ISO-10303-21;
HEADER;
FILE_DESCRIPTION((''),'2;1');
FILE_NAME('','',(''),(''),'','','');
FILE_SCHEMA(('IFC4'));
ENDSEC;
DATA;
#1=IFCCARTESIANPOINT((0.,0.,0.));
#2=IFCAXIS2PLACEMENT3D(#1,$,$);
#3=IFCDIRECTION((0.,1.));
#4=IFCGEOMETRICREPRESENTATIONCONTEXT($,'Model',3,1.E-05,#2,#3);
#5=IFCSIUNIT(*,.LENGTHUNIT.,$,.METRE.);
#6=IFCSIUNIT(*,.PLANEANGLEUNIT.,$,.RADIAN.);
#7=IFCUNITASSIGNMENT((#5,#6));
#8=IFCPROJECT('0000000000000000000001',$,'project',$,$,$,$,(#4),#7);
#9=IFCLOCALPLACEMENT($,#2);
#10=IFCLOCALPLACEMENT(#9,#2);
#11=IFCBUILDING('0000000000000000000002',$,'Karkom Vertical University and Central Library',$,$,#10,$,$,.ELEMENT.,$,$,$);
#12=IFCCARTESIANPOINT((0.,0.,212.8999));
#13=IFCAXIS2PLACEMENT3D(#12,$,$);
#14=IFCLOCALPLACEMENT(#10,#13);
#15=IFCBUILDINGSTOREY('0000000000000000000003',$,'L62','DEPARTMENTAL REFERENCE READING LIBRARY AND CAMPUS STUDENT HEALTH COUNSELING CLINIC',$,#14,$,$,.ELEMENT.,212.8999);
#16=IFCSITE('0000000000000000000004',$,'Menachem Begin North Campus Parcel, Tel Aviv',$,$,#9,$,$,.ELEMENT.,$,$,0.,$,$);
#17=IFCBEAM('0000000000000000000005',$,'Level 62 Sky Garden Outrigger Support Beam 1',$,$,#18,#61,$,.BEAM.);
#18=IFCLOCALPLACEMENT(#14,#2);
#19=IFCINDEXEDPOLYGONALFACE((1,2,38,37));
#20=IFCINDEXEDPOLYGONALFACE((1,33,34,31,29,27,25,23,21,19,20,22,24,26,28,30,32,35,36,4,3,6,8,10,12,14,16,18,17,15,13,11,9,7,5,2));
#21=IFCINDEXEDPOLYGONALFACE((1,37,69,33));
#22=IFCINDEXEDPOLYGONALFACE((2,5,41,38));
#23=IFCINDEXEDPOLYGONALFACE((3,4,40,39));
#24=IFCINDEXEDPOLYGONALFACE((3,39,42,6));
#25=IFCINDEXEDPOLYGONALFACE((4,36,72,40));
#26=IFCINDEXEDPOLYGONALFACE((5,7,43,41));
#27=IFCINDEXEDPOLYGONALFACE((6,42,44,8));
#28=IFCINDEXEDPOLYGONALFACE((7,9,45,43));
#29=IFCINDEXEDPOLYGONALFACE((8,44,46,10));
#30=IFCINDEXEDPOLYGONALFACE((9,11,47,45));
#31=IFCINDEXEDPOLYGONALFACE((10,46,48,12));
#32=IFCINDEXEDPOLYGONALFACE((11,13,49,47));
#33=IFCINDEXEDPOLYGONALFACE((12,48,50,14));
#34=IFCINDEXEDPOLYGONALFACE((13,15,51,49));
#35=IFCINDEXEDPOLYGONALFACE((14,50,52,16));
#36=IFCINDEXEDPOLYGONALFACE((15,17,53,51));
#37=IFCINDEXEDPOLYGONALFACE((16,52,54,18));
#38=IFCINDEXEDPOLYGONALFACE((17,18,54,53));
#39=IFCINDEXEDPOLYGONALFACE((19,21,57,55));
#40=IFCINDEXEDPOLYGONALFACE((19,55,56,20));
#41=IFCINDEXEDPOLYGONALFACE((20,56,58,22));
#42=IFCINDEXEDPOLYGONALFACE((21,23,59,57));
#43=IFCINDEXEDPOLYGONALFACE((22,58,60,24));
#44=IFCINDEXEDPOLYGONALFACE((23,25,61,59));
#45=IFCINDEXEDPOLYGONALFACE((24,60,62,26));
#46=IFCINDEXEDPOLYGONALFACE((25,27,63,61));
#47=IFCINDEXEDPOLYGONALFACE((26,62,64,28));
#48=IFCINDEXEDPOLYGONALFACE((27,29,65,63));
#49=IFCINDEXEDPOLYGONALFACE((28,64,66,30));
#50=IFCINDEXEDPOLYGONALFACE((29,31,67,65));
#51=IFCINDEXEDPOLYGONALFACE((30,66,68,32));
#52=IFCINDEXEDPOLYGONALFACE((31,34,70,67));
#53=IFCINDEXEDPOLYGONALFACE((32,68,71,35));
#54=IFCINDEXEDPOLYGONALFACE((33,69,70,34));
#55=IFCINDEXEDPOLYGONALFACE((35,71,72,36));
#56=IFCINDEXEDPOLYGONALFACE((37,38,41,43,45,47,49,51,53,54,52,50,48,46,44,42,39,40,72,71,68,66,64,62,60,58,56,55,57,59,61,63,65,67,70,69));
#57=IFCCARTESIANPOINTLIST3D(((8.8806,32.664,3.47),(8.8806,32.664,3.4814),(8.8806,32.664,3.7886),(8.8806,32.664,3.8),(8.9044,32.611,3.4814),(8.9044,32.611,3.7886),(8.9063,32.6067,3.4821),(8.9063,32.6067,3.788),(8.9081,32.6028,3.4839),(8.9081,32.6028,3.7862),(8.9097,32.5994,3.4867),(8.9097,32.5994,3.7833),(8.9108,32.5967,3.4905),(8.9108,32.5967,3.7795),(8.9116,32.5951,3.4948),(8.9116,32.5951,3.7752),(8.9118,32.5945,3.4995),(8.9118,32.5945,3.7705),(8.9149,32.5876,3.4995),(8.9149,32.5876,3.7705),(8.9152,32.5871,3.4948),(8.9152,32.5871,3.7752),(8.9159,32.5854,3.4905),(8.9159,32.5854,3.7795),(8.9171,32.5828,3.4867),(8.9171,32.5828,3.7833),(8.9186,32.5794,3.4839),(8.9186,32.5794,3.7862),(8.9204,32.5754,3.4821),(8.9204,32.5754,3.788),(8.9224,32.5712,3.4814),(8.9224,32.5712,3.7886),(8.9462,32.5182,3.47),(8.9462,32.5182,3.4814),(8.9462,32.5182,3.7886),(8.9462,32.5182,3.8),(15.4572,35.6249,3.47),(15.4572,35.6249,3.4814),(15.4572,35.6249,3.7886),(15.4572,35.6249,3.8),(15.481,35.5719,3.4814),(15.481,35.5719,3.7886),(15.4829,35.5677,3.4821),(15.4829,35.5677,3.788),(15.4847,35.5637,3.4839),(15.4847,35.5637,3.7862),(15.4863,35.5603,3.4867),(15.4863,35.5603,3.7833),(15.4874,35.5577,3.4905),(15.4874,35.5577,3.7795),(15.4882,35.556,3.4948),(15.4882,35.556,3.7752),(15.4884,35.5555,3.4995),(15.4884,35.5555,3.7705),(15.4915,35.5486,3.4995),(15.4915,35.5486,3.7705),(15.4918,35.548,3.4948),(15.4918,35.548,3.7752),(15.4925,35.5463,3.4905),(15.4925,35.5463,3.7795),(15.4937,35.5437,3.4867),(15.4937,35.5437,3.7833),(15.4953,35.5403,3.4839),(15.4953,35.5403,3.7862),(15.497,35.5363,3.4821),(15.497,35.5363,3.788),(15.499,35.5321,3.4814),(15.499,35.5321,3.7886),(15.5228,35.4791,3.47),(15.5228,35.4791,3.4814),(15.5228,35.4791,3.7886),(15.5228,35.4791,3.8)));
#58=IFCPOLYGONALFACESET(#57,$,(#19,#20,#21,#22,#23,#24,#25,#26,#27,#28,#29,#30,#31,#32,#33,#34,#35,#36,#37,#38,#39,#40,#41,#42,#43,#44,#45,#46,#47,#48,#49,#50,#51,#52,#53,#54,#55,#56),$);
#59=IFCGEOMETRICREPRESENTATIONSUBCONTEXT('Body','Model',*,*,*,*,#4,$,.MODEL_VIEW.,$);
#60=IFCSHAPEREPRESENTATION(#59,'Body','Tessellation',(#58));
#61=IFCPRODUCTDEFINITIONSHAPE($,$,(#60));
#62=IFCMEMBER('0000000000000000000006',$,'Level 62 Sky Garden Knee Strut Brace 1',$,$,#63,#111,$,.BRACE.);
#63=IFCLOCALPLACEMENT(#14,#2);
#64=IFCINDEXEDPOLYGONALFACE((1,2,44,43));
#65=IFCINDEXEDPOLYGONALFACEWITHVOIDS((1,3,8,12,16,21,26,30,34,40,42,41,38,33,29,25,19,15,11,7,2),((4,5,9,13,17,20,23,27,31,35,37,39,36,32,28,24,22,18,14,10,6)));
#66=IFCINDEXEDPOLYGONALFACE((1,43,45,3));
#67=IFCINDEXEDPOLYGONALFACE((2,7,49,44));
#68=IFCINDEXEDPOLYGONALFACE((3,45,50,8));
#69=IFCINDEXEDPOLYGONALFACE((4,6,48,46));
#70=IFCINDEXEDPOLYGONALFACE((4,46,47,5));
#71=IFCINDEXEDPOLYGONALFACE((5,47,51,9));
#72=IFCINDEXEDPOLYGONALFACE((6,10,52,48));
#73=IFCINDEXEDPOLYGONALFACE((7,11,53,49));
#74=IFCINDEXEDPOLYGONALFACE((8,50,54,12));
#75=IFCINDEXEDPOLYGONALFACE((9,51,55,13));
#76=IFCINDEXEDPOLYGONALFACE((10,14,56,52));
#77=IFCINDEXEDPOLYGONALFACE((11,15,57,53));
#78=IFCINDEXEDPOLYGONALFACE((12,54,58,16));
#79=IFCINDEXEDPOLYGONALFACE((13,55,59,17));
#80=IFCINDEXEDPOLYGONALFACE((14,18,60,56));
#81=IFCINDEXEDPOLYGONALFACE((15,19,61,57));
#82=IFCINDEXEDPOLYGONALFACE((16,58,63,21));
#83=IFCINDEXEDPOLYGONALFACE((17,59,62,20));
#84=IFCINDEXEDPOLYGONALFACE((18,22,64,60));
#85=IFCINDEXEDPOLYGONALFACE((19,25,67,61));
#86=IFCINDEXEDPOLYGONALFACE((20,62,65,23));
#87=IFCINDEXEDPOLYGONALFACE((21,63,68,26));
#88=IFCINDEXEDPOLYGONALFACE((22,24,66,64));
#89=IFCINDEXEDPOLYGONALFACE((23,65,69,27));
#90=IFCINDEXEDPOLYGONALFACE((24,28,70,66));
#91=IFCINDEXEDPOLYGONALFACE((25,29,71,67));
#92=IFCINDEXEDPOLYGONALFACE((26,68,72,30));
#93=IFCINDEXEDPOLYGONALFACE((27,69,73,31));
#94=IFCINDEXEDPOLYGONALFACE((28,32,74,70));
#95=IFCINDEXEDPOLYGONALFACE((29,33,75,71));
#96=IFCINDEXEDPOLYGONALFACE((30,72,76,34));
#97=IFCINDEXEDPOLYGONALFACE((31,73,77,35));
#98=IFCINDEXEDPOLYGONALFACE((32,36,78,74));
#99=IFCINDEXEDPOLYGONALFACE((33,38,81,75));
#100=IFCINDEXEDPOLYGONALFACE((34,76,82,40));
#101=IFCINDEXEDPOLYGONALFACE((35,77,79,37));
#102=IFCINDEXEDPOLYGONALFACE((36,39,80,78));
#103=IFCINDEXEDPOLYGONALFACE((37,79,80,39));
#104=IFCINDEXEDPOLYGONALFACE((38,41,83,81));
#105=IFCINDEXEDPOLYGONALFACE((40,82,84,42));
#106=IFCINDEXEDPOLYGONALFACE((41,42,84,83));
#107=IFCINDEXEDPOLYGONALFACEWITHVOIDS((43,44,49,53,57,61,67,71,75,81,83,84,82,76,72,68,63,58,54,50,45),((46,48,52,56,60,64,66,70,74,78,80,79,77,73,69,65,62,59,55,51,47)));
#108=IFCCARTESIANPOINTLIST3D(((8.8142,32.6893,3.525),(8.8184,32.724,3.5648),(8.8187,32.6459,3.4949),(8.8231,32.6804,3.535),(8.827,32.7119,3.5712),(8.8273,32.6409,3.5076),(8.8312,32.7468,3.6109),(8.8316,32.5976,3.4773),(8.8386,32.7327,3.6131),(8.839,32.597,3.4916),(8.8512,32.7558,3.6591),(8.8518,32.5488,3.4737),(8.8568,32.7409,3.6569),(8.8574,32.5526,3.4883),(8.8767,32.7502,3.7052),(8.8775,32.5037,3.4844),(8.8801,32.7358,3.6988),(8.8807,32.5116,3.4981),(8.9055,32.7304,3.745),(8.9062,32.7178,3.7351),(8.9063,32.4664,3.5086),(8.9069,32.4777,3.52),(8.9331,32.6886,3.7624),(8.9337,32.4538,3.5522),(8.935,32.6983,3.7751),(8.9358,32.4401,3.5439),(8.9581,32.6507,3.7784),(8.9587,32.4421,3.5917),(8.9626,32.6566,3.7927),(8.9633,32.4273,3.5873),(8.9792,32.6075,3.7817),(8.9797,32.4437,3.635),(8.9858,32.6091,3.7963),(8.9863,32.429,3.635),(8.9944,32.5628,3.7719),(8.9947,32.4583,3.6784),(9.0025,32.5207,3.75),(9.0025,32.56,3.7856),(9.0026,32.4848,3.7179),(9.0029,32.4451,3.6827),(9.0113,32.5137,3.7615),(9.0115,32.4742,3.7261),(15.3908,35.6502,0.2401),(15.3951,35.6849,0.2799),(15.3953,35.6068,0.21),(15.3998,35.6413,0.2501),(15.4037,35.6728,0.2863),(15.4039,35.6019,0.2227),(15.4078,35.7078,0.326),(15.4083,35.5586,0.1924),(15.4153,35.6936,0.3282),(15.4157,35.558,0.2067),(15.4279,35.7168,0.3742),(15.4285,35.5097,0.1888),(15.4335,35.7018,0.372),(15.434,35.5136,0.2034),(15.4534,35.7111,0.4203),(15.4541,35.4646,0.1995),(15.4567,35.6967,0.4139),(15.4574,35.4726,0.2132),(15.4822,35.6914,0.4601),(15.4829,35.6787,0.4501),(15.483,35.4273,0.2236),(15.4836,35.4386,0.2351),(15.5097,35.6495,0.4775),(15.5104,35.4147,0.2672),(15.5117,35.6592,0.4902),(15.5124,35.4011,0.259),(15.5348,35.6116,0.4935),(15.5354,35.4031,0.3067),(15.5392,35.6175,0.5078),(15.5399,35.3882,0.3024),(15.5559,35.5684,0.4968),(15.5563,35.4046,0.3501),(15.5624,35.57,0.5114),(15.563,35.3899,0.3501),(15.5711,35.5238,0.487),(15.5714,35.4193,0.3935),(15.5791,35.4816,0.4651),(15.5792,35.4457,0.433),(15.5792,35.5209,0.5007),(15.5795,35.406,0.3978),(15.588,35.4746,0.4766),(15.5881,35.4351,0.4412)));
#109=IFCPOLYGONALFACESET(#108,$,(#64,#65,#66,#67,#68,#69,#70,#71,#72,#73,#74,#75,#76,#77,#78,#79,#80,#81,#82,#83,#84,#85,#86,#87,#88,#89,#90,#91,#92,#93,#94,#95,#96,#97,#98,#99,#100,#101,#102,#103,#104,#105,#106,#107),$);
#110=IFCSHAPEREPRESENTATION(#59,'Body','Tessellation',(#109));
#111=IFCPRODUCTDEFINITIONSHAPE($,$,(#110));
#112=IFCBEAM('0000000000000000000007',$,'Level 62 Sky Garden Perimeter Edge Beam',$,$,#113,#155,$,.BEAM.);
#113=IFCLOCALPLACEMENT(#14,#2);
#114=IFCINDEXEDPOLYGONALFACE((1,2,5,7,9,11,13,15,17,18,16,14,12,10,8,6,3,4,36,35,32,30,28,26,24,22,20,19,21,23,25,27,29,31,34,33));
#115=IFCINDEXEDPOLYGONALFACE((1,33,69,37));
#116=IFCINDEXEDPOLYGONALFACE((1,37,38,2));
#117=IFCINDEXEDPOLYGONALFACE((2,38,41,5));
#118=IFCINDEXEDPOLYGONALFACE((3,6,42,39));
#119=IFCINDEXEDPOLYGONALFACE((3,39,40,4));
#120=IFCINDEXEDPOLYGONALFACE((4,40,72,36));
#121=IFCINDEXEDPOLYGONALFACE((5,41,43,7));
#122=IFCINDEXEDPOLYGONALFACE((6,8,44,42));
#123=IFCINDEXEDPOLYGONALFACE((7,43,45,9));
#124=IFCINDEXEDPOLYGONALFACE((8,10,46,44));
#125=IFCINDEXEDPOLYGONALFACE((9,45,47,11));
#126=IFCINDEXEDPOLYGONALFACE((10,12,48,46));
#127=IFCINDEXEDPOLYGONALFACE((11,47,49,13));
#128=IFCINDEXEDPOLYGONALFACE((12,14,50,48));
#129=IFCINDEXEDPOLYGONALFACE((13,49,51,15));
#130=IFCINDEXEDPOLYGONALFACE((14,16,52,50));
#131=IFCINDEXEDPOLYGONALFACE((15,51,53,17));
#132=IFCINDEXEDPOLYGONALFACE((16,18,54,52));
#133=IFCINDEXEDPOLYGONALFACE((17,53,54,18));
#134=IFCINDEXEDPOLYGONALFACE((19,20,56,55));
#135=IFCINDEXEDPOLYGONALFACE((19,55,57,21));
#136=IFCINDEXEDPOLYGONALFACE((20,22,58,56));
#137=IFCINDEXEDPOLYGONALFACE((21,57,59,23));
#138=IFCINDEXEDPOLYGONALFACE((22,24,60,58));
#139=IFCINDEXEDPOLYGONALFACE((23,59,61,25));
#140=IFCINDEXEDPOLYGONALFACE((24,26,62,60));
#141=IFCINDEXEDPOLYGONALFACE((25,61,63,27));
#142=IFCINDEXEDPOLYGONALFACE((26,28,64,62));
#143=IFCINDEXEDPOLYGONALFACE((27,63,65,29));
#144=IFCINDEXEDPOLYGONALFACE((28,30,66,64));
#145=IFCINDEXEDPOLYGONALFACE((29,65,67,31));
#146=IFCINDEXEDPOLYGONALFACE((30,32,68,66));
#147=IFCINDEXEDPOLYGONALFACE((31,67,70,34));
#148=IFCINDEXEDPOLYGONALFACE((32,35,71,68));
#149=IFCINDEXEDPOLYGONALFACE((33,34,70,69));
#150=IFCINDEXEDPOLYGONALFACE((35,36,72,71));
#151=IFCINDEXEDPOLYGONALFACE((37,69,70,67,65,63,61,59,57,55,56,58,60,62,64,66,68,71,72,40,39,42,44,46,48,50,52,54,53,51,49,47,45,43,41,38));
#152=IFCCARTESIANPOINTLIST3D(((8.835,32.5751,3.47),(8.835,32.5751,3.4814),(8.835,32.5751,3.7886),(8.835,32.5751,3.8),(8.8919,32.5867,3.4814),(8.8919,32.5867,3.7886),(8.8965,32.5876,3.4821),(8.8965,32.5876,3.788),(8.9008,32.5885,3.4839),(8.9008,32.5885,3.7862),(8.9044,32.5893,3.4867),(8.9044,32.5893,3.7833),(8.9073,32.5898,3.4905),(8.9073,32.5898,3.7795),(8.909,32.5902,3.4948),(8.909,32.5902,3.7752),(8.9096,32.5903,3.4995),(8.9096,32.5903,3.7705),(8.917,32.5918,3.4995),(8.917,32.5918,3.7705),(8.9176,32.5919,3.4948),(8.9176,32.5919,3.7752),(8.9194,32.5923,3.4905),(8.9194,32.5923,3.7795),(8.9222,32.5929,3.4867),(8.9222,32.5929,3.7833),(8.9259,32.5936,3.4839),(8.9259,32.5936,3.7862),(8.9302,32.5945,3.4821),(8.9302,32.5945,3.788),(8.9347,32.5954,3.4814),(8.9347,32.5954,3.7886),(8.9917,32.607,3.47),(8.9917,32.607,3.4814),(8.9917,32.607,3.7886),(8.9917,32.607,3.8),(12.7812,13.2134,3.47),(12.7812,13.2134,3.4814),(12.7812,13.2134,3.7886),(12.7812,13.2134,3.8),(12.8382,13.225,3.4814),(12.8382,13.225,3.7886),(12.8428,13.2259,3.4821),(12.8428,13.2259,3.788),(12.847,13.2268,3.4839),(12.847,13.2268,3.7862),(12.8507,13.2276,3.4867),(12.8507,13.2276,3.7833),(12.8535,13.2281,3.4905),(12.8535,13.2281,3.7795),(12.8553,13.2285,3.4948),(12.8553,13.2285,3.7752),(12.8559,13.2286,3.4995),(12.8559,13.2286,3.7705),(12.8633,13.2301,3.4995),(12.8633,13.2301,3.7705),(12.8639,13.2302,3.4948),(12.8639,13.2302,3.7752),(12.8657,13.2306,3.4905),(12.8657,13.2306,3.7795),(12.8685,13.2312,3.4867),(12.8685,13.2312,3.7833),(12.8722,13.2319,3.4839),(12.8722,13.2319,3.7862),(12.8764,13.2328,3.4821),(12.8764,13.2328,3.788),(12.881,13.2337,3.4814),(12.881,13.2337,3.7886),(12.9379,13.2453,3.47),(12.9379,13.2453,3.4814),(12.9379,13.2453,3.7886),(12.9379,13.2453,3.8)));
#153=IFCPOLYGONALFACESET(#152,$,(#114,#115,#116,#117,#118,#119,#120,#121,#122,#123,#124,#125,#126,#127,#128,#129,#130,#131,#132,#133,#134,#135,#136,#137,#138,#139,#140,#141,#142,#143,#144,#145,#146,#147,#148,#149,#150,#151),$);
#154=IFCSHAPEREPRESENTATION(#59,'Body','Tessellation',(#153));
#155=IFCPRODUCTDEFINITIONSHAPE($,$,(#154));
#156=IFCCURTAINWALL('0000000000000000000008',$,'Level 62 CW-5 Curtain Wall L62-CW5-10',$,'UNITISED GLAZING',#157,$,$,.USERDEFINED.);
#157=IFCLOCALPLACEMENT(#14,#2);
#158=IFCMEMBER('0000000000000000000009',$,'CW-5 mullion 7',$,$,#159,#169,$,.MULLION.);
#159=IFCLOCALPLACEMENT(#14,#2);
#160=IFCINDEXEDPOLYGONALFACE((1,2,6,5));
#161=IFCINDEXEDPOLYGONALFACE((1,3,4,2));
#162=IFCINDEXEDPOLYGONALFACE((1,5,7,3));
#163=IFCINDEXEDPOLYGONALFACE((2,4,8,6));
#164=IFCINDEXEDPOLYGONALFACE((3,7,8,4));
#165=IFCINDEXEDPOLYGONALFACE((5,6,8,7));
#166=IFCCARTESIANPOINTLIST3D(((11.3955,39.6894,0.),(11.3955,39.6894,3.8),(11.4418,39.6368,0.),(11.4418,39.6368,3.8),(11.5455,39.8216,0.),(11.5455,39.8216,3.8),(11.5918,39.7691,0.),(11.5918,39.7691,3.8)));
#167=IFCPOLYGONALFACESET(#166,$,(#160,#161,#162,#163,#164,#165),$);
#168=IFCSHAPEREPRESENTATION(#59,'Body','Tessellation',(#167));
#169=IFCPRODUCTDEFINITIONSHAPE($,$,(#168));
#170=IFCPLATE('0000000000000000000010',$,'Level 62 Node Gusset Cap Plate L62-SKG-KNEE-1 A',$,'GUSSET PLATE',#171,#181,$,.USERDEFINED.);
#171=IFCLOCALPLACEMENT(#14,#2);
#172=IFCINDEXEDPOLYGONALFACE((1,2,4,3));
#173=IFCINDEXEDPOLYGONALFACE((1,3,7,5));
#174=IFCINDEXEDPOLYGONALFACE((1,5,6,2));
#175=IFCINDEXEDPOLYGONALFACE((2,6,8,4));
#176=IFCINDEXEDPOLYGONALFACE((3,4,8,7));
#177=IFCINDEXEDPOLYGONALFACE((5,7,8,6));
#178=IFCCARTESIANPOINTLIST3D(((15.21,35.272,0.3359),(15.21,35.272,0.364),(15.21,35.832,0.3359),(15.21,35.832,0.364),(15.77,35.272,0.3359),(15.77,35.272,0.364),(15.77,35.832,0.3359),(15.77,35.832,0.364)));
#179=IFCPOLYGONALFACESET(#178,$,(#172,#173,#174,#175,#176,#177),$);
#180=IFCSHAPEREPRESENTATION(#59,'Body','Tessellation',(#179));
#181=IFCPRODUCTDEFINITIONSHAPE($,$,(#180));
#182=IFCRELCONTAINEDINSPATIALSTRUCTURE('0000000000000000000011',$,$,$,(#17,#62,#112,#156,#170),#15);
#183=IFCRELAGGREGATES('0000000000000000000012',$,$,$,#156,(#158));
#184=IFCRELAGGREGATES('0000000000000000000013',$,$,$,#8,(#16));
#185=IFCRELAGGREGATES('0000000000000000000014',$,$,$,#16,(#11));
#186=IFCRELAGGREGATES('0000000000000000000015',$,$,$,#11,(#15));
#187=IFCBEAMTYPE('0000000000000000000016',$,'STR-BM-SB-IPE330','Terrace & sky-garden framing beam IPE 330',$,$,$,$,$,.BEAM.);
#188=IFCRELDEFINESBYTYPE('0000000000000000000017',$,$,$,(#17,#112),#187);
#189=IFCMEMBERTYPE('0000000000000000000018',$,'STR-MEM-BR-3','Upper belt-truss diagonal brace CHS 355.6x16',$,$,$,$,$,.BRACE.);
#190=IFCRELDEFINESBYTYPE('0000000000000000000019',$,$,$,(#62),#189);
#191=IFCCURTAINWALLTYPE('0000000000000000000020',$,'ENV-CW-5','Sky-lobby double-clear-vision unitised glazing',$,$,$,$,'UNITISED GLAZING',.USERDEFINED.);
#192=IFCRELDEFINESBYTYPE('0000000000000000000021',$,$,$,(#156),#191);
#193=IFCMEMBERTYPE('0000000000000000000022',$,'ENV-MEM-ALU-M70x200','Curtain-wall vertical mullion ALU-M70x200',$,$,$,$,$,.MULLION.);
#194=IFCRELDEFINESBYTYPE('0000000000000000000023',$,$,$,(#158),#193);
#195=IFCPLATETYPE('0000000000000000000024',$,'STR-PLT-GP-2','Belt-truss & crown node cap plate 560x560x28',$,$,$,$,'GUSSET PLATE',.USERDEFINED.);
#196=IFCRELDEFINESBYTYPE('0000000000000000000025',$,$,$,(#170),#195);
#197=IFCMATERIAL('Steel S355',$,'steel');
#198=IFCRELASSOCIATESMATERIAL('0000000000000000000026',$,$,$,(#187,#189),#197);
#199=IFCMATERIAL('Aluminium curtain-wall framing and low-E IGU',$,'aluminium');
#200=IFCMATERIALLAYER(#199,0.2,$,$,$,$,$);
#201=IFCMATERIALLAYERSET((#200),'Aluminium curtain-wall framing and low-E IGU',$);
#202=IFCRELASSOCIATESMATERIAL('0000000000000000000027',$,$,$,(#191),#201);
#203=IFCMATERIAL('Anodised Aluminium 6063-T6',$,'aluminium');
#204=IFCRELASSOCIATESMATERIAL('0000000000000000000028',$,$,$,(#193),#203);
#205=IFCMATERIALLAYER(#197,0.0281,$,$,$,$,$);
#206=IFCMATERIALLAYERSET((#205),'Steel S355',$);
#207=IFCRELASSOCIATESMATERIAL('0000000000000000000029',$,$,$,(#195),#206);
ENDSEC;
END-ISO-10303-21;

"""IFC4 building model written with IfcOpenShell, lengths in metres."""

from ifc_helpers import new_model, si_unit, direction, frame, origin, origin_with_axes, origin_2d, place, context, subcontext, project, spatial, rectangle, hollow_circle, i_section, extrude, source, transform, mapped, material, layer, layer_set, material_profile, profile_set, type_object, element, aggregate, save


model = new_model("IFC4")

# Units and contexts
model_context = context("Model", 3, precision=1e-05, world=origin(), true_north=direction((0.0, 1.0)))
body_context = subcontext(model_context, "Body", "Model", "MODEL_VIEW")
ifc_project = project(units=[si_unit("LENGTHUNIT", "METRE"), si_unit("PLANEANGLEUNIT", "RADIAN")], contexts=[model_context])

# Site, building, storey
site_placement = place(None, origin())
site = spatial("IfcSite", under=ifc_project, at=site_placement, Name="Menachem Begin North Campus Parcel, Tel Aviv", CompositionType="ELEMENT", RefElevation=0.0)
building_placement = place(site_placement, origin())
building = spatial("IfcBuilding", under=site, at=building_placement, Name="Karkom Vertical University and Central Library", CompositionType="ELEMENT")
storey_placement = place(building_placement, frame((0.0, 0.0, 212.8999)))
storey = spatial("IfcBuildingStorey", under=building, at=storey_placement, Name="L62", Description="DEPARTMENTAL REFERENCE READING LIBRARY AND CAMPUS STUDENT HEALTH COUNSELING CLINIC", CompositionType="ELEMENT", Elevation=212.8999)

# Beam
ifc_material_1 = material(Name="Steel S355", Category="steel")
ifc_material_profile_1 = material_profile(ifc_material_1, i_section(OverallWidth=0.1599, OverallDepth=0.3301, WebThickness=0.0076, FlangeThickness=0.0115, FilletRadius=0.0181, at=origin_2d()), Name="IPE 330")
ifc_profile_set_1 = profile_set([ifc_material_profile_1], Name="Steel S355")
beam_type_1 = type_object("IfcBeamType", Name="STR-BM-SB-IPE330", Description="Terrace & sky-garden framing beam IPE 330", PredefinedType="BEAM", material=ifc_profile_set_1)
shared_shape_1 = source(origin_with_axes(), body_context, "Body", "SweptSolid", [
    extrude(i_section(OverallWidth=0.1599, OverallDepth=0.3301, WebThickness=0.0076, FlangeThickness=0.0115, FilletRadius=0.0181, at=origin_2d()), origin(), (0.0, 0.0, 1.0), 7.2124),
])
beam_1_placement = place(storey_placement, frame((15.49, 35.552, 3.635), z_axis=(-0.911847, -0.410531, 0.0), x_axis=(0.410531, -0.911847, 0.0)))
element("IfcBeam", 1, at=beam_1_placement, inside=storey, type_object=beam_type_1, Name="Level 62 Sky Garden Outrigger Support Beam 1", PredefinedType="BEAM", context=body_context, shape_type="MappedRepresentation", body=[
    mapped(shared_shape_1, transform((0.0, 0.0, 0.0), scale=1.0)),
])

# Member
ifc_material_profile_2 = material_profile(ifc_material_1, hollow_circle(Radius=0.1777, WallThickness=0.0161, at=origin_2d()), Name="CHS 355.6x16")
ifc_profile_set_2 = profile_set([ifc_material_profile_2], Name="Steel S355")
member_type_1 = type_object("IfcMemberType", Name="STR-MEM-BR-3", Description="Upper belt-truss diagonal brace CHS 355.6x16", PredefinedType="BRACE", material=ifc_profile_set_2)
shared_shape_2 = source(origin_with_axes(), body_context, "Body", "SweptSolid", [
    extrude(hollow_circle(Radius=0.1777, WallThickness=0.0161, at=origin_2d()), origin(), (0.0, 0.0, 1.0), 7.9253),
])
member_1_placement = place(storey_placement, frame((15.49, 35.552, 0.3501), z_axis=(-0.829832, -0.373606, 0.414485), x_axis=(0.410531, -0.911847, 0.0)))
element("IfcMember", 2, at=member_1_placement, inside=storey, type_object=member_type_1, Name="Level 62 Sky Garden Knee Strut Brace 1", PredefinedType="BRACE", context=body_context, shape_type="MappedRepresentation", body=[
    mapped(shared_shape_2, transform((0.0, 0.0, 0.0), scale=1.0)),
])

# Beam
shared_shape_3 = source(origin_with_axes(), body_context, "Body", "SweptSolid", [
    extrude(i_section(OverallWidth=0.1599, OverallDepth=0.3301, WebThickness=0.0076, FlangeThickness=0.0115, FilletRadius=0.0181, at=origin_2d()), origin(), (0.0, 0.0, 1.0), 19.7598),
])
beam_2_placement = place(storey_placement, frame((8.9133, 32.5911, 3.635), z_axis=(0.199712, -0.979855, 0.0), x_axis=(0.979855, 0.199712, 0.0)))
element("IfcBeam", 3, at=beam_2_placement, inside=storey, type_object=beam_type_1, Name="Level 62 Sky Garden Perimeter Edge Beam", PredefinedType="BEAM", context=body_context, shape_type="MappedRepresentation", body=[
    mapped(shared_shape_3, transform((0.0, 0.0, 0.0), scale=1.0)),
])

# Curtain wall, member
ifc_material_2 = material(Name="Aluminium curtain-wall framing and low-E IGU", Category="aluminium")
ifc_layer_1 = layer(ifc_material_2, 0.2)
ifc_layer_set_1 = layer_set([ifc_layer_1], Name="Aluminium curtain-wall framing and low-E IGU")
curtain_wall_type = type_object("IfcCurtainWallType", Name="ENV-CW-5", Description="Sky-lobby double-clear-vision unitised glazing", ElementType="UNITISED GLAZING", PredefinedType="USERDEFINED", material=ifc_layer_set_1)
curtain_wall_placement = place(storey_placement, origin())
curtain_wall = element("IfcCurtainWall", 4, at=curtain_wall_placement, inside=storey, type_object=curtain_wall_type, Name="Level 62 CW-5 Curtain Wall L62-CW5-10", ObjectType="UNITISED GLAZING", PredefinedType="USERDEFINED")
ifc_material_3 = material(Name="Anodised Aluminium 6063-T6", Category="aluminium")
ifc_material_profile_3 = material_profile(ifc_material_3, rectangle(XDim=0.0701, YDim=0.2, at=origin_2d()), Name="ALU-M70x200")
ifc_profile_set_3 = profile_set([ifc_material_profile_3], Name="Anodised Aluminium 6063-T6")
member_type_2 = type_object("IfcMemberType", Name="ENV-MEM-ALU-M70x200", Description="Curtain-wall vertical mullion ALU-M70x200", PredefinedType="MULLION", material=ifc_profile_set_3)
shared_shape_4 = source(origin_with_axes(), body_context, "Body", "SweptSolid", [
    extrude(rectangle(XDim=0.0701, YDim=0.2, at=origin_2d()), origin(), (0.0, 0.0, 1.0), 3.8),
])
member_2_placement = place(storey_placement, frame((11.4937, 39.7292, 0.0), z_axis=(0.0, 0.0, 1.0), x_axis=(0.661408, -0.750027, 0.0)))
member_2 = element("IfcMember", 5, at=member_2_placement, type_object=member_type_2, Name="CW-5 mullion 7", PredefinedType="MULLION", context=body_context, shape_type="MappedRepresentation", body=[
    mapped(shared_shape_4, transform((0.0, 0.0, 0.0), scale=1.0)),
])

# Plate
ifc_layer_2 = layer(ifc_material_1, 0.0281)
ifc_layer_set_2 = layer_set([ifc_layer_2], Name="Steel S355")
plate_type_1 = type_object("IfcPlateType", Name="STR-PLT-GP-2", Description="Belt-truss & crown node cap plate 560x560x28", ElementType="GUSSET PLATE", PredefinedType="USERDEFINED", material=ifc_layer_set_2)
shared_shape_5 = source(origin_with_axes(), body_context, "Body", "SweptSolid", [
    extrude(rectangle(XDim=0.5601, YDim=0.5601, at=origin_2d()), origin(), (0.0, 0.0, 1.0), 0.0281),
])
for number, where, z_axis, x_axis, name in (
    (6, (15.49, 35.552, 0.3359), (0.0, 0.0, 1.0), (1.0, 0.0, 0.0), "Level 62 Node Gusset Cap Plate L62-SKG-KNEE-1 A"),
):
    element("IfcPlate", number, at=place(storey_placement, frame(where, z_axis=z_axis, x_axis=x_axis)), inside=storey, type_object=plate_type_1, Name=name, ObjectType="GUSSET PLATE", PredefinedType="USERDEFINED", context=body_context, shape_type="MappedRepresentation", body=[
        mapped(shared_shape_5, transform((0.0, 0.0, 0.0), scale=1.0)),
    ])

aggregate(curtain_wall, [member_2])

save(model, "model.ifc")
